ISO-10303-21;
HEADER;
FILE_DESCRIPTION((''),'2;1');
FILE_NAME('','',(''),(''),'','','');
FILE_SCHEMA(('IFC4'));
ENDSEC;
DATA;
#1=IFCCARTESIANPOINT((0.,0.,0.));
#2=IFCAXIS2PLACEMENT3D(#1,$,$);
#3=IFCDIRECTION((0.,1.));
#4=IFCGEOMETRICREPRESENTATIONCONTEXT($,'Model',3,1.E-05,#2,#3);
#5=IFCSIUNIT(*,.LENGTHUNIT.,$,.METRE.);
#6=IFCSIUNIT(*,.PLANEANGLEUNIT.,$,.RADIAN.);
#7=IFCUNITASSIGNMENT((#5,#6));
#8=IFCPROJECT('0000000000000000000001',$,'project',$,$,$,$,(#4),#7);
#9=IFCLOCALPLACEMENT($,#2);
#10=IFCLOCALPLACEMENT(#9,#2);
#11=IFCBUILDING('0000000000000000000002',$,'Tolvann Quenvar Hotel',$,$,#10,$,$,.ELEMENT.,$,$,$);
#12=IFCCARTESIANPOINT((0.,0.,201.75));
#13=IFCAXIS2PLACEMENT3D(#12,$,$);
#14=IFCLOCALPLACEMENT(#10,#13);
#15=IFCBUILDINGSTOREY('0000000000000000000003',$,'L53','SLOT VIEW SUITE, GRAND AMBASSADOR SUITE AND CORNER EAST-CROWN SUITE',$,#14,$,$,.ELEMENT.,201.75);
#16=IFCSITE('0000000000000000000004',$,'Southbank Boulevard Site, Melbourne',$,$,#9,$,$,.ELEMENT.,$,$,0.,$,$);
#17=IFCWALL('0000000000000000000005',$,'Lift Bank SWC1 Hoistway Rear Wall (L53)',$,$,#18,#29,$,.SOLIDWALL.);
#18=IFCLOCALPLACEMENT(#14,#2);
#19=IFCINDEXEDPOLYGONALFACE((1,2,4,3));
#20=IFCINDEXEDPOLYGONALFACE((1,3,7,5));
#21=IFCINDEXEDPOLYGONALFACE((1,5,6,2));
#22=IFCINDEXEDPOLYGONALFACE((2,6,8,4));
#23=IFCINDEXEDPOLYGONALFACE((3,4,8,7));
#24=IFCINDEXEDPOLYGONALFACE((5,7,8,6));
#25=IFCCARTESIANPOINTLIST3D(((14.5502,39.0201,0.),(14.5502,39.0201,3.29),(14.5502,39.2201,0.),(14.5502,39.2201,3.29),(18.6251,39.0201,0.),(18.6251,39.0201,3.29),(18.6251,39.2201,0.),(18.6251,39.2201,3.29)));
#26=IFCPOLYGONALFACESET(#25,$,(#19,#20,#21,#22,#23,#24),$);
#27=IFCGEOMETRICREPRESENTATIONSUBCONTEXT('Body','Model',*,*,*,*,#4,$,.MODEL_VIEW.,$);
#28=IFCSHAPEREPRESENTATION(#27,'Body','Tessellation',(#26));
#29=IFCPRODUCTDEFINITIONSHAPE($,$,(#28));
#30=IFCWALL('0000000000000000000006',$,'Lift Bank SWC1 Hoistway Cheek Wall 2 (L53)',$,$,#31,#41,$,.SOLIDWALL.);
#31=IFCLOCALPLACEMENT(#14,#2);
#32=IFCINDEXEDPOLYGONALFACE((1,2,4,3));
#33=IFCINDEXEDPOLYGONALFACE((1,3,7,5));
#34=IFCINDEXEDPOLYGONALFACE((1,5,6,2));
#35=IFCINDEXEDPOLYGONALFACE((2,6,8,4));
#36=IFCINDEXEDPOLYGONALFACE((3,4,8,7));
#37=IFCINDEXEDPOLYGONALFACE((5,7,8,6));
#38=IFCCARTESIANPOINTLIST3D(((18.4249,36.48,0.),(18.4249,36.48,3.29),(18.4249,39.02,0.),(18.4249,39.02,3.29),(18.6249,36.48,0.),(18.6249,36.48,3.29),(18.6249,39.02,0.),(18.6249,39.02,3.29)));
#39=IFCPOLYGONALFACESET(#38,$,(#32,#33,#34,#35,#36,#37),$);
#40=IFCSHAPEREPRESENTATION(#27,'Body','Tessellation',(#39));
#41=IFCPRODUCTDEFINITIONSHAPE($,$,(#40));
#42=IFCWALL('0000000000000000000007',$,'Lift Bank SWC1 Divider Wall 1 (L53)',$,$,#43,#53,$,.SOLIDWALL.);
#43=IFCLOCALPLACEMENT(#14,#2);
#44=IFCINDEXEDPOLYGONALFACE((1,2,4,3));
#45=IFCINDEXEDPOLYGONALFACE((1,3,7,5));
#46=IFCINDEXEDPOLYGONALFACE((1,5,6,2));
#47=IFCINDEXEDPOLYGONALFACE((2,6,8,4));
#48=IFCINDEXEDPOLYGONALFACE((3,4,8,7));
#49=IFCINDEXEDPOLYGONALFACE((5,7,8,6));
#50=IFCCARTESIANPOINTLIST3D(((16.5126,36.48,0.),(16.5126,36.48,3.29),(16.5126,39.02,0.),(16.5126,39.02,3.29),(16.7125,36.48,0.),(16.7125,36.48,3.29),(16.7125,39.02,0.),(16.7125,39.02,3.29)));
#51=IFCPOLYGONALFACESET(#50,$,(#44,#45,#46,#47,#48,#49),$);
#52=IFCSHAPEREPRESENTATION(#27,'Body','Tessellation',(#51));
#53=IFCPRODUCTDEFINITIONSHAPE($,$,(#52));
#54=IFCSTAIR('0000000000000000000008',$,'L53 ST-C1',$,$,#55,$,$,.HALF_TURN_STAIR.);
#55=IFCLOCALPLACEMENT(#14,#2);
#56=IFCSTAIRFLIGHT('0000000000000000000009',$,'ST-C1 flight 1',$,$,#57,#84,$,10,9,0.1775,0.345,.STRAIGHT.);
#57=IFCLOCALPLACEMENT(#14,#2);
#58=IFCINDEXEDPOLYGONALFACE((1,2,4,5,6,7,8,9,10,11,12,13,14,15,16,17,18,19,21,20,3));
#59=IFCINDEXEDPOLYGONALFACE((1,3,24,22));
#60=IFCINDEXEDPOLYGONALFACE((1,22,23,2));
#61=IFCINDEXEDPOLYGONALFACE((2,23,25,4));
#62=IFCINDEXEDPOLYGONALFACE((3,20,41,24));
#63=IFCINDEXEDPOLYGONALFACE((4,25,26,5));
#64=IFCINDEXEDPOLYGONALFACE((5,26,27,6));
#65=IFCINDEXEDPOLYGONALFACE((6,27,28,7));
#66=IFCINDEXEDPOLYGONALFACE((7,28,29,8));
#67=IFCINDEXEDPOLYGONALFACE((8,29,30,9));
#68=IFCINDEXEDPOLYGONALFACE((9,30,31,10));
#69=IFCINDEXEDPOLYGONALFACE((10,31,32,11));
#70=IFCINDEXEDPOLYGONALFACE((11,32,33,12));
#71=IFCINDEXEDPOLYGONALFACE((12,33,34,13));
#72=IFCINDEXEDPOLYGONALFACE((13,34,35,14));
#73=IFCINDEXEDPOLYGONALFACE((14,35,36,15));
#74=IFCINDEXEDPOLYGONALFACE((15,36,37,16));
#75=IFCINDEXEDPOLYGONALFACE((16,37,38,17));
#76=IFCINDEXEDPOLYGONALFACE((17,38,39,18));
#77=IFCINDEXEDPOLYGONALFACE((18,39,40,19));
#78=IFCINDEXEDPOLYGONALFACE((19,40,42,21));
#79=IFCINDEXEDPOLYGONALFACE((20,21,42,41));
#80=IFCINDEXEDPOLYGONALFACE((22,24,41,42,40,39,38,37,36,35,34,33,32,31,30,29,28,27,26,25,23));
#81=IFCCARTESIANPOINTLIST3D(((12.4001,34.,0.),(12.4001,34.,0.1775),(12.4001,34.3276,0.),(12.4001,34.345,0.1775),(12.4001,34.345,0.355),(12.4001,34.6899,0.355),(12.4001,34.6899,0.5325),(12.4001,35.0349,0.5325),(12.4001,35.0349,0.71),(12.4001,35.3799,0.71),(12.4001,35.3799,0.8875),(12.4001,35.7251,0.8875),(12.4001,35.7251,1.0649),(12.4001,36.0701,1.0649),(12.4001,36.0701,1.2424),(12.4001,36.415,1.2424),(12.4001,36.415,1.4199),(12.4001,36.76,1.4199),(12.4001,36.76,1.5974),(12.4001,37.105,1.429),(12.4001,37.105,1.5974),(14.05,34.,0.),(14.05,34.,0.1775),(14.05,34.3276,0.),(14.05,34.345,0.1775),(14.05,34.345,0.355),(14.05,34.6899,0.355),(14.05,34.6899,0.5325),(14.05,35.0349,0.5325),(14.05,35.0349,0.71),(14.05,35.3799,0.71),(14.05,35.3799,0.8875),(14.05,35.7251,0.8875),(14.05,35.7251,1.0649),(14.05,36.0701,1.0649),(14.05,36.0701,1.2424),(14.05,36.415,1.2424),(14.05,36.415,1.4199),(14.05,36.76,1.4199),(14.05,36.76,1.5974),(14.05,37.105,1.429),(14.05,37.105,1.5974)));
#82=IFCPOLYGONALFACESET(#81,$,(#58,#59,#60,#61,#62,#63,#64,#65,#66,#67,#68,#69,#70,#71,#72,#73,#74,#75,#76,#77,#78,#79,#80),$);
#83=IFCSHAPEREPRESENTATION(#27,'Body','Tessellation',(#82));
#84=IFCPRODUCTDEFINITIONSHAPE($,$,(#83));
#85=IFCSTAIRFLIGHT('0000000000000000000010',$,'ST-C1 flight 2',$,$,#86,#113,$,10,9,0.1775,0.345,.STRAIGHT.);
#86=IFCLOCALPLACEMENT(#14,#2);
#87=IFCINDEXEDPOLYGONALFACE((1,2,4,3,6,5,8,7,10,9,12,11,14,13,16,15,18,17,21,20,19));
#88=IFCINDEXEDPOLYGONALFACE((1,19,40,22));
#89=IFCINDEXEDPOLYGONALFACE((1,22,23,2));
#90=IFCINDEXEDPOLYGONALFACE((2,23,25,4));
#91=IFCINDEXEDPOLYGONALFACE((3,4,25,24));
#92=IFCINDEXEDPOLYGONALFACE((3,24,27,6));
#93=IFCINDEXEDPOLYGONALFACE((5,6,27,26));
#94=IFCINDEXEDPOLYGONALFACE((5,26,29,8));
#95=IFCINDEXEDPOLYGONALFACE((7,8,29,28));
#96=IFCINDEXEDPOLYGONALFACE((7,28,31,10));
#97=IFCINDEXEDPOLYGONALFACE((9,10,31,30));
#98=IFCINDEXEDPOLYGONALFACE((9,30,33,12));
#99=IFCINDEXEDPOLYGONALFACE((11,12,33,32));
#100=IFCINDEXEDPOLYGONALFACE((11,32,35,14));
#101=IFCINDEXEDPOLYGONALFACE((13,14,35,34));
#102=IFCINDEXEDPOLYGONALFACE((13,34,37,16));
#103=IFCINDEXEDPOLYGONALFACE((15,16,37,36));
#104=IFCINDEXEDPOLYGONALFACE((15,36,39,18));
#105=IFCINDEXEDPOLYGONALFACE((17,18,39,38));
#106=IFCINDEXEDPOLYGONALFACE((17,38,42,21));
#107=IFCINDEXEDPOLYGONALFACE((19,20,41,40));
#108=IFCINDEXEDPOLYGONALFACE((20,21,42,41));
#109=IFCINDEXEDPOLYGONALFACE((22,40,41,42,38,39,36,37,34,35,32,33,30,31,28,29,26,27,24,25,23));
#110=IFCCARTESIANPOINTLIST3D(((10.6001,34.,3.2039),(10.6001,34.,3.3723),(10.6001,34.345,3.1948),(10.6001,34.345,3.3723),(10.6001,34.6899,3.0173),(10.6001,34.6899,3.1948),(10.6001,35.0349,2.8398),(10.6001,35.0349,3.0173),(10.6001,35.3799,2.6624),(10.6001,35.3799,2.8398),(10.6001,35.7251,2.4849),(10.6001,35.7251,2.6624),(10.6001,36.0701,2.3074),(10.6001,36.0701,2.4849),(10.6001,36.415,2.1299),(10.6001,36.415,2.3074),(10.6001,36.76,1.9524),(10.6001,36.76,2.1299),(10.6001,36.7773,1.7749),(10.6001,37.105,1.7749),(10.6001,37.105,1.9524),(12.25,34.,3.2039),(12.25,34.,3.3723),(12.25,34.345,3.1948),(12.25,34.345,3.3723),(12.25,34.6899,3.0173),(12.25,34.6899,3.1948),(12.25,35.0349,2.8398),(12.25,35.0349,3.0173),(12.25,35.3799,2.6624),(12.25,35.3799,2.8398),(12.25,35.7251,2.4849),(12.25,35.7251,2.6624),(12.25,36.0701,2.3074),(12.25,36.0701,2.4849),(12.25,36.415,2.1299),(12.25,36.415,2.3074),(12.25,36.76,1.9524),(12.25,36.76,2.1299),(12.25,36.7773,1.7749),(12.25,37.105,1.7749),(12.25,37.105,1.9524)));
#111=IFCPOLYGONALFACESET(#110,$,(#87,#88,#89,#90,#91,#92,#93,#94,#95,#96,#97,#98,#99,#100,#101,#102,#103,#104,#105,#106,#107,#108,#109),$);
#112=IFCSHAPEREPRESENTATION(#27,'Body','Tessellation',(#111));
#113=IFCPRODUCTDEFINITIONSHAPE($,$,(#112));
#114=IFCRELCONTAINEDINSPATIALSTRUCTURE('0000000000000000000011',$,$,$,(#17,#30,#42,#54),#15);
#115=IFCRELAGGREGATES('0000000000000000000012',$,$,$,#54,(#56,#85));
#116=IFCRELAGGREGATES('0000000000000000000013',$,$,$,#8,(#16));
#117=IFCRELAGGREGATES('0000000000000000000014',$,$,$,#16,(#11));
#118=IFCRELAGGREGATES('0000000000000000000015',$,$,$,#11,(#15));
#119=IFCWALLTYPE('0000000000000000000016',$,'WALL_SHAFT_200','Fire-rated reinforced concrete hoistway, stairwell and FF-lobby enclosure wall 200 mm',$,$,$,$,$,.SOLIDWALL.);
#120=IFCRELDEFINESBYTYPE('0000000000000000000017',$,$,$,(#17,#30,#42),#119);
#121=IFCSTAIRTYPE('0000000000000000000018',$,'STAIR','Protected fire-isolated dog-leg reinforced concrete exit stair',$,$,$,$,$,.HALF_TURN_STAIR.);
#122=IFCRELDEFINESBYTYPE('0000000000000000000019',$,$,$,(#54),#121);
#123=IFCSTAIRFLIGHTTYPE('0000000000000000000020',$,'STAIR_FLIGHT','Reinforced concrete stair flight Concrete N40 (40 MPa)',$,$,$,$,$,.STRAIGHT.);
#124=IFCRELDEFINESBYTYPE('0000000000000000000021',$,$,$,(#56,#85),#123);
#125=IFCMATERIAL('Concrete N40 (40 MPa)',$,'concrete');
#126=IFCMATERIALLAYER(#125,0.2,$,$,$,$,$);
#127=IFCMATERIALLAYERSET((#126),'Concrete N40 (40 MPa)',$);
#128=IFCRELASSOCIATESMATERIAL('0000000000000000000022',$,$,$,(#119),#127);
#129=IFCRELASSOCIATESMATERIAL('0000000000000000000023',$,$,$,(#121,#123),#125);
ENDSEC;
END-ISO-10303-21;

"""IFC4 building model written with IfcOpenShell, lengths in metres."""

from ifc_helpers import new_model, si_unit, direction, frame, frame_2d, origin, place, context, subcontext, project, spatial, polyline, rectangle, outline, extrude, material, layer, layer_set, type_object, element, aggregate, save


model = new_model("IFC4")

# Units and contexts
model_context = context("Model", 3, precision=1e-05, world=origin(), true_north=direction((0.0, 1.0)))
body_context = subcontext(model_context, "Body", "Model", "MODEL_VIEW")
ifc_project = project(units=[si_unit("LENGTHUNIT", "METRE"), si_unit("PLANEANGLEUNIT", "RADIAN")], contexts=[model_context])

# Site, building, storey
site_placement = place(None, origin())
site = spatial("IfcSite", under=ifc_project, at=site_placement, Name="Southbank Boulevard Site, Melbourne", CompositionType="ELEMENT", RefElevation=0.0)
building_placement = place(site_placement, origin())
building = spatial("IfcBuilding", under=site, at=building_placement, Name="Tolvann Quenvar Hotel", CompositionType="ELEMENT")
storey_placement = place(building_placement, frame((0.0, 0.0, 201.75)))
storey = spatial("IfcBuildingStorey", under=building, at=storey_placement, Name="L53", Description="SLOT VIEW SUITE, GRAND AMBASSADOR SUITE AND CORNER EAST-CROWN SUITE", CompositionType="ELEMENT", Elevation=201.75)

# Shared definitions
ifc_material_1 = material(Name="Concrete N40 (40 MPa)", Category="concrete")
ifc_layer_1 = layer(ifc_material_1, 0.2)
ifc_layer_set_1 = layer_set([ifc_layer_1], Name="Concrete N40 (40 MPa)")
wall_type_1 = type_object("IfcWallType", Name="WALL_SHAFT_200", Description="Fire-rated reinforced concrete hoistway, stairwell and FF-lobby enclosure wall 200 mm", PredefinedType="SOLIDWALL", material=ifc_layer_set_1)

# Walls
wall_1_placement = place(storey_placement, frame((14.55, 39.1201, 0.0), z_axis=(0.0, 0.0, 1.0), x_axis=(1.0, 0.0, 0.0)))
element("IfcWall", 1, at=wall_1_placement, inside=storey, type_object=wall_type_1, Name="Lift Bank SWC1 Hoistway Rear Wall (L53)", PredefinedType="SOLIDWALL", context=body_context, shape_type="SweptSolid", body=[
    extrude(rectangle(XDim=4.075, YDim=0.2, at=frame_2d((2.0376, 0.0))), origin(), (0.0, 0.0, 1.0), 3.29),
])
for number, where, z_axis, x_axis, name in (
    (2, (18.5249, 36.48, 0.0), (0.0, 0.0, 1.0), (0.0, 1.0, 0.0), "Lift Bank SWC1 Hoistway Cheek Wall 2 (L53)"),
    (3, (16.6125, 36.48, 0.0), (0.0, 0.0, 1.0), (0.0, 1.0, 0.0), "Lift Bank SWC1 Divider Wall 1 (L53)"),
):
    element("IfcWall", number, at=place(storey_placement, frame(where, z_axis=z_axis, x_axis=x_axis)), inside=storey, type_object=wall_type_1, Name=name, PredefinedType="SOLIDWALL", context=body_context, shape_type="SweptSolid", body=[
        extrude(rectangle(XDim=2.54, YDim=0.2, at=frame_2d((1.27, 0.0))), origin(), (0.0, 0.0, 1.0), 3.29),
    ])

# Stair, stair flights
stair_type = type_object("IfcStairType", Name="STAIR", Description="Protected fire-isolated dog-leg reinforced concrete exit stair", PredefinedType="HALF_TURN_STAIR", material=ifc_material_1)
stair_placement = place(storey_placement, origin())
stair = element("IfcStair", 4, at=stair_placement, inside=storey, type_object=stair_type, Name="L53 ST-C1", PredefinedType="HALF_TURN_STAIR")
stair_flight_type = type_object("IfcStairFlightType", Name="STAIR_FLIGHT", Description="Reinforced concrete stair flight Concrete N40 (40 MPa)", PredefinedType="STRAIGHT", material=ifc_material_1)
stair_flight_1_placement = place(storey_placement, frame((13.2251, 34.0, 0.0), z_axis=(0.0, 0.0, 1.0), x_axis=(0.0, 1.0, 0.0)))
stair_flight_1 = element("IfcStairFlight", 5, at=stair_flight_1_placement, type_object=stair_flight_type, Name="ST-C1 flight 1", NumberOfRisers=10, NumberOfTreads=9, PredefinedType="STRAIGHT", RiserHeight=0.1775, TreadLength=0.345, context=body_context, shape_type="SweptSolid", body=[
    extrude(outline(polyline([(0.0, 0.0), (0.0, 0.1775), (0.345, 0.1775), (0.345, 0.355), (0.6899, 0.355), (0.6899, 0.5325), (1.0349, 0.5325), (1.0349, 0.71), (1.3799, 0.71), (1.3799, 0.8875), (1.7251, 0.8875), (1.7251, 1.0649), (2.0701, 1.0649), (2.0701, 1.2424), (2.415, 1.2424), (2.415, 1.4199), (2.76, 1.4199), (2.76, 1.5974), (3.105, 1.5974), (3.105, 1.7749), (3.105, 1.429), (0.3276, 0.0), (0.0, 0.0)])), frame((0.0, 0.825, 0.0), z_axis=(0.0, -1.0, 0.0), x_axis=(1.0, 0.0, 0.0)), (0.0, 0.0, 1.0), 1.6499),
])
stair_flight_2_placement = place(storey_placement, frame((11.425, 37.105, 1.7749), z_axis=(0.0, 0.0, 1.0), x_axis=(0.0, -1.0, 0.0)))
stair_flight_2 = element("IfcStairFlight", 6, at=stair_flight_2_placement, type_object=stair_flight_type, Name="ST-C1 flight 2", NumberOfRisers=10, NumberOfTreads=9, PredefinedType="STRAIGHT", RiserHeight=0.1775, TreadLength=0.345, context=body_context, shape_type="SweptSolid", body=[
    extrude(outline(polyline([(0.0, 0.0), (0.0, 0.1775), (0.345, 0.1775), (0.345, 0.355), (0.6899, 0.355), (0.6899, 0.5325), (1.0349, 0.5325), (1.0349, 0.71), (1.3799, 0.71), (1.3799, 0.8875), (1.7251, 0.8875), (1.7251, 1.0649), (2.0701, 1.0649), (2.0701, 1.2424), (2.415, 1.2424), (2.415, 1.4199), (2.76, 1.4199), (2.76, 1.5974), (3.105, 1.5974), (3.105, 1.7749), (3.105, 1.429), (0.3276, 0.0), (0.0, 0.0)])), frame((0.0, 0.825, 0.0), z_axis=(0.0, -1.0, 0.0), x_axis=(1.0, 0.0, 0.0)), (0.0, 0.0, 1.0), 1.6499),
])
aggregate(stair, [stair_flight_1, stair_flight_2])

save(model, "model.ifc")
